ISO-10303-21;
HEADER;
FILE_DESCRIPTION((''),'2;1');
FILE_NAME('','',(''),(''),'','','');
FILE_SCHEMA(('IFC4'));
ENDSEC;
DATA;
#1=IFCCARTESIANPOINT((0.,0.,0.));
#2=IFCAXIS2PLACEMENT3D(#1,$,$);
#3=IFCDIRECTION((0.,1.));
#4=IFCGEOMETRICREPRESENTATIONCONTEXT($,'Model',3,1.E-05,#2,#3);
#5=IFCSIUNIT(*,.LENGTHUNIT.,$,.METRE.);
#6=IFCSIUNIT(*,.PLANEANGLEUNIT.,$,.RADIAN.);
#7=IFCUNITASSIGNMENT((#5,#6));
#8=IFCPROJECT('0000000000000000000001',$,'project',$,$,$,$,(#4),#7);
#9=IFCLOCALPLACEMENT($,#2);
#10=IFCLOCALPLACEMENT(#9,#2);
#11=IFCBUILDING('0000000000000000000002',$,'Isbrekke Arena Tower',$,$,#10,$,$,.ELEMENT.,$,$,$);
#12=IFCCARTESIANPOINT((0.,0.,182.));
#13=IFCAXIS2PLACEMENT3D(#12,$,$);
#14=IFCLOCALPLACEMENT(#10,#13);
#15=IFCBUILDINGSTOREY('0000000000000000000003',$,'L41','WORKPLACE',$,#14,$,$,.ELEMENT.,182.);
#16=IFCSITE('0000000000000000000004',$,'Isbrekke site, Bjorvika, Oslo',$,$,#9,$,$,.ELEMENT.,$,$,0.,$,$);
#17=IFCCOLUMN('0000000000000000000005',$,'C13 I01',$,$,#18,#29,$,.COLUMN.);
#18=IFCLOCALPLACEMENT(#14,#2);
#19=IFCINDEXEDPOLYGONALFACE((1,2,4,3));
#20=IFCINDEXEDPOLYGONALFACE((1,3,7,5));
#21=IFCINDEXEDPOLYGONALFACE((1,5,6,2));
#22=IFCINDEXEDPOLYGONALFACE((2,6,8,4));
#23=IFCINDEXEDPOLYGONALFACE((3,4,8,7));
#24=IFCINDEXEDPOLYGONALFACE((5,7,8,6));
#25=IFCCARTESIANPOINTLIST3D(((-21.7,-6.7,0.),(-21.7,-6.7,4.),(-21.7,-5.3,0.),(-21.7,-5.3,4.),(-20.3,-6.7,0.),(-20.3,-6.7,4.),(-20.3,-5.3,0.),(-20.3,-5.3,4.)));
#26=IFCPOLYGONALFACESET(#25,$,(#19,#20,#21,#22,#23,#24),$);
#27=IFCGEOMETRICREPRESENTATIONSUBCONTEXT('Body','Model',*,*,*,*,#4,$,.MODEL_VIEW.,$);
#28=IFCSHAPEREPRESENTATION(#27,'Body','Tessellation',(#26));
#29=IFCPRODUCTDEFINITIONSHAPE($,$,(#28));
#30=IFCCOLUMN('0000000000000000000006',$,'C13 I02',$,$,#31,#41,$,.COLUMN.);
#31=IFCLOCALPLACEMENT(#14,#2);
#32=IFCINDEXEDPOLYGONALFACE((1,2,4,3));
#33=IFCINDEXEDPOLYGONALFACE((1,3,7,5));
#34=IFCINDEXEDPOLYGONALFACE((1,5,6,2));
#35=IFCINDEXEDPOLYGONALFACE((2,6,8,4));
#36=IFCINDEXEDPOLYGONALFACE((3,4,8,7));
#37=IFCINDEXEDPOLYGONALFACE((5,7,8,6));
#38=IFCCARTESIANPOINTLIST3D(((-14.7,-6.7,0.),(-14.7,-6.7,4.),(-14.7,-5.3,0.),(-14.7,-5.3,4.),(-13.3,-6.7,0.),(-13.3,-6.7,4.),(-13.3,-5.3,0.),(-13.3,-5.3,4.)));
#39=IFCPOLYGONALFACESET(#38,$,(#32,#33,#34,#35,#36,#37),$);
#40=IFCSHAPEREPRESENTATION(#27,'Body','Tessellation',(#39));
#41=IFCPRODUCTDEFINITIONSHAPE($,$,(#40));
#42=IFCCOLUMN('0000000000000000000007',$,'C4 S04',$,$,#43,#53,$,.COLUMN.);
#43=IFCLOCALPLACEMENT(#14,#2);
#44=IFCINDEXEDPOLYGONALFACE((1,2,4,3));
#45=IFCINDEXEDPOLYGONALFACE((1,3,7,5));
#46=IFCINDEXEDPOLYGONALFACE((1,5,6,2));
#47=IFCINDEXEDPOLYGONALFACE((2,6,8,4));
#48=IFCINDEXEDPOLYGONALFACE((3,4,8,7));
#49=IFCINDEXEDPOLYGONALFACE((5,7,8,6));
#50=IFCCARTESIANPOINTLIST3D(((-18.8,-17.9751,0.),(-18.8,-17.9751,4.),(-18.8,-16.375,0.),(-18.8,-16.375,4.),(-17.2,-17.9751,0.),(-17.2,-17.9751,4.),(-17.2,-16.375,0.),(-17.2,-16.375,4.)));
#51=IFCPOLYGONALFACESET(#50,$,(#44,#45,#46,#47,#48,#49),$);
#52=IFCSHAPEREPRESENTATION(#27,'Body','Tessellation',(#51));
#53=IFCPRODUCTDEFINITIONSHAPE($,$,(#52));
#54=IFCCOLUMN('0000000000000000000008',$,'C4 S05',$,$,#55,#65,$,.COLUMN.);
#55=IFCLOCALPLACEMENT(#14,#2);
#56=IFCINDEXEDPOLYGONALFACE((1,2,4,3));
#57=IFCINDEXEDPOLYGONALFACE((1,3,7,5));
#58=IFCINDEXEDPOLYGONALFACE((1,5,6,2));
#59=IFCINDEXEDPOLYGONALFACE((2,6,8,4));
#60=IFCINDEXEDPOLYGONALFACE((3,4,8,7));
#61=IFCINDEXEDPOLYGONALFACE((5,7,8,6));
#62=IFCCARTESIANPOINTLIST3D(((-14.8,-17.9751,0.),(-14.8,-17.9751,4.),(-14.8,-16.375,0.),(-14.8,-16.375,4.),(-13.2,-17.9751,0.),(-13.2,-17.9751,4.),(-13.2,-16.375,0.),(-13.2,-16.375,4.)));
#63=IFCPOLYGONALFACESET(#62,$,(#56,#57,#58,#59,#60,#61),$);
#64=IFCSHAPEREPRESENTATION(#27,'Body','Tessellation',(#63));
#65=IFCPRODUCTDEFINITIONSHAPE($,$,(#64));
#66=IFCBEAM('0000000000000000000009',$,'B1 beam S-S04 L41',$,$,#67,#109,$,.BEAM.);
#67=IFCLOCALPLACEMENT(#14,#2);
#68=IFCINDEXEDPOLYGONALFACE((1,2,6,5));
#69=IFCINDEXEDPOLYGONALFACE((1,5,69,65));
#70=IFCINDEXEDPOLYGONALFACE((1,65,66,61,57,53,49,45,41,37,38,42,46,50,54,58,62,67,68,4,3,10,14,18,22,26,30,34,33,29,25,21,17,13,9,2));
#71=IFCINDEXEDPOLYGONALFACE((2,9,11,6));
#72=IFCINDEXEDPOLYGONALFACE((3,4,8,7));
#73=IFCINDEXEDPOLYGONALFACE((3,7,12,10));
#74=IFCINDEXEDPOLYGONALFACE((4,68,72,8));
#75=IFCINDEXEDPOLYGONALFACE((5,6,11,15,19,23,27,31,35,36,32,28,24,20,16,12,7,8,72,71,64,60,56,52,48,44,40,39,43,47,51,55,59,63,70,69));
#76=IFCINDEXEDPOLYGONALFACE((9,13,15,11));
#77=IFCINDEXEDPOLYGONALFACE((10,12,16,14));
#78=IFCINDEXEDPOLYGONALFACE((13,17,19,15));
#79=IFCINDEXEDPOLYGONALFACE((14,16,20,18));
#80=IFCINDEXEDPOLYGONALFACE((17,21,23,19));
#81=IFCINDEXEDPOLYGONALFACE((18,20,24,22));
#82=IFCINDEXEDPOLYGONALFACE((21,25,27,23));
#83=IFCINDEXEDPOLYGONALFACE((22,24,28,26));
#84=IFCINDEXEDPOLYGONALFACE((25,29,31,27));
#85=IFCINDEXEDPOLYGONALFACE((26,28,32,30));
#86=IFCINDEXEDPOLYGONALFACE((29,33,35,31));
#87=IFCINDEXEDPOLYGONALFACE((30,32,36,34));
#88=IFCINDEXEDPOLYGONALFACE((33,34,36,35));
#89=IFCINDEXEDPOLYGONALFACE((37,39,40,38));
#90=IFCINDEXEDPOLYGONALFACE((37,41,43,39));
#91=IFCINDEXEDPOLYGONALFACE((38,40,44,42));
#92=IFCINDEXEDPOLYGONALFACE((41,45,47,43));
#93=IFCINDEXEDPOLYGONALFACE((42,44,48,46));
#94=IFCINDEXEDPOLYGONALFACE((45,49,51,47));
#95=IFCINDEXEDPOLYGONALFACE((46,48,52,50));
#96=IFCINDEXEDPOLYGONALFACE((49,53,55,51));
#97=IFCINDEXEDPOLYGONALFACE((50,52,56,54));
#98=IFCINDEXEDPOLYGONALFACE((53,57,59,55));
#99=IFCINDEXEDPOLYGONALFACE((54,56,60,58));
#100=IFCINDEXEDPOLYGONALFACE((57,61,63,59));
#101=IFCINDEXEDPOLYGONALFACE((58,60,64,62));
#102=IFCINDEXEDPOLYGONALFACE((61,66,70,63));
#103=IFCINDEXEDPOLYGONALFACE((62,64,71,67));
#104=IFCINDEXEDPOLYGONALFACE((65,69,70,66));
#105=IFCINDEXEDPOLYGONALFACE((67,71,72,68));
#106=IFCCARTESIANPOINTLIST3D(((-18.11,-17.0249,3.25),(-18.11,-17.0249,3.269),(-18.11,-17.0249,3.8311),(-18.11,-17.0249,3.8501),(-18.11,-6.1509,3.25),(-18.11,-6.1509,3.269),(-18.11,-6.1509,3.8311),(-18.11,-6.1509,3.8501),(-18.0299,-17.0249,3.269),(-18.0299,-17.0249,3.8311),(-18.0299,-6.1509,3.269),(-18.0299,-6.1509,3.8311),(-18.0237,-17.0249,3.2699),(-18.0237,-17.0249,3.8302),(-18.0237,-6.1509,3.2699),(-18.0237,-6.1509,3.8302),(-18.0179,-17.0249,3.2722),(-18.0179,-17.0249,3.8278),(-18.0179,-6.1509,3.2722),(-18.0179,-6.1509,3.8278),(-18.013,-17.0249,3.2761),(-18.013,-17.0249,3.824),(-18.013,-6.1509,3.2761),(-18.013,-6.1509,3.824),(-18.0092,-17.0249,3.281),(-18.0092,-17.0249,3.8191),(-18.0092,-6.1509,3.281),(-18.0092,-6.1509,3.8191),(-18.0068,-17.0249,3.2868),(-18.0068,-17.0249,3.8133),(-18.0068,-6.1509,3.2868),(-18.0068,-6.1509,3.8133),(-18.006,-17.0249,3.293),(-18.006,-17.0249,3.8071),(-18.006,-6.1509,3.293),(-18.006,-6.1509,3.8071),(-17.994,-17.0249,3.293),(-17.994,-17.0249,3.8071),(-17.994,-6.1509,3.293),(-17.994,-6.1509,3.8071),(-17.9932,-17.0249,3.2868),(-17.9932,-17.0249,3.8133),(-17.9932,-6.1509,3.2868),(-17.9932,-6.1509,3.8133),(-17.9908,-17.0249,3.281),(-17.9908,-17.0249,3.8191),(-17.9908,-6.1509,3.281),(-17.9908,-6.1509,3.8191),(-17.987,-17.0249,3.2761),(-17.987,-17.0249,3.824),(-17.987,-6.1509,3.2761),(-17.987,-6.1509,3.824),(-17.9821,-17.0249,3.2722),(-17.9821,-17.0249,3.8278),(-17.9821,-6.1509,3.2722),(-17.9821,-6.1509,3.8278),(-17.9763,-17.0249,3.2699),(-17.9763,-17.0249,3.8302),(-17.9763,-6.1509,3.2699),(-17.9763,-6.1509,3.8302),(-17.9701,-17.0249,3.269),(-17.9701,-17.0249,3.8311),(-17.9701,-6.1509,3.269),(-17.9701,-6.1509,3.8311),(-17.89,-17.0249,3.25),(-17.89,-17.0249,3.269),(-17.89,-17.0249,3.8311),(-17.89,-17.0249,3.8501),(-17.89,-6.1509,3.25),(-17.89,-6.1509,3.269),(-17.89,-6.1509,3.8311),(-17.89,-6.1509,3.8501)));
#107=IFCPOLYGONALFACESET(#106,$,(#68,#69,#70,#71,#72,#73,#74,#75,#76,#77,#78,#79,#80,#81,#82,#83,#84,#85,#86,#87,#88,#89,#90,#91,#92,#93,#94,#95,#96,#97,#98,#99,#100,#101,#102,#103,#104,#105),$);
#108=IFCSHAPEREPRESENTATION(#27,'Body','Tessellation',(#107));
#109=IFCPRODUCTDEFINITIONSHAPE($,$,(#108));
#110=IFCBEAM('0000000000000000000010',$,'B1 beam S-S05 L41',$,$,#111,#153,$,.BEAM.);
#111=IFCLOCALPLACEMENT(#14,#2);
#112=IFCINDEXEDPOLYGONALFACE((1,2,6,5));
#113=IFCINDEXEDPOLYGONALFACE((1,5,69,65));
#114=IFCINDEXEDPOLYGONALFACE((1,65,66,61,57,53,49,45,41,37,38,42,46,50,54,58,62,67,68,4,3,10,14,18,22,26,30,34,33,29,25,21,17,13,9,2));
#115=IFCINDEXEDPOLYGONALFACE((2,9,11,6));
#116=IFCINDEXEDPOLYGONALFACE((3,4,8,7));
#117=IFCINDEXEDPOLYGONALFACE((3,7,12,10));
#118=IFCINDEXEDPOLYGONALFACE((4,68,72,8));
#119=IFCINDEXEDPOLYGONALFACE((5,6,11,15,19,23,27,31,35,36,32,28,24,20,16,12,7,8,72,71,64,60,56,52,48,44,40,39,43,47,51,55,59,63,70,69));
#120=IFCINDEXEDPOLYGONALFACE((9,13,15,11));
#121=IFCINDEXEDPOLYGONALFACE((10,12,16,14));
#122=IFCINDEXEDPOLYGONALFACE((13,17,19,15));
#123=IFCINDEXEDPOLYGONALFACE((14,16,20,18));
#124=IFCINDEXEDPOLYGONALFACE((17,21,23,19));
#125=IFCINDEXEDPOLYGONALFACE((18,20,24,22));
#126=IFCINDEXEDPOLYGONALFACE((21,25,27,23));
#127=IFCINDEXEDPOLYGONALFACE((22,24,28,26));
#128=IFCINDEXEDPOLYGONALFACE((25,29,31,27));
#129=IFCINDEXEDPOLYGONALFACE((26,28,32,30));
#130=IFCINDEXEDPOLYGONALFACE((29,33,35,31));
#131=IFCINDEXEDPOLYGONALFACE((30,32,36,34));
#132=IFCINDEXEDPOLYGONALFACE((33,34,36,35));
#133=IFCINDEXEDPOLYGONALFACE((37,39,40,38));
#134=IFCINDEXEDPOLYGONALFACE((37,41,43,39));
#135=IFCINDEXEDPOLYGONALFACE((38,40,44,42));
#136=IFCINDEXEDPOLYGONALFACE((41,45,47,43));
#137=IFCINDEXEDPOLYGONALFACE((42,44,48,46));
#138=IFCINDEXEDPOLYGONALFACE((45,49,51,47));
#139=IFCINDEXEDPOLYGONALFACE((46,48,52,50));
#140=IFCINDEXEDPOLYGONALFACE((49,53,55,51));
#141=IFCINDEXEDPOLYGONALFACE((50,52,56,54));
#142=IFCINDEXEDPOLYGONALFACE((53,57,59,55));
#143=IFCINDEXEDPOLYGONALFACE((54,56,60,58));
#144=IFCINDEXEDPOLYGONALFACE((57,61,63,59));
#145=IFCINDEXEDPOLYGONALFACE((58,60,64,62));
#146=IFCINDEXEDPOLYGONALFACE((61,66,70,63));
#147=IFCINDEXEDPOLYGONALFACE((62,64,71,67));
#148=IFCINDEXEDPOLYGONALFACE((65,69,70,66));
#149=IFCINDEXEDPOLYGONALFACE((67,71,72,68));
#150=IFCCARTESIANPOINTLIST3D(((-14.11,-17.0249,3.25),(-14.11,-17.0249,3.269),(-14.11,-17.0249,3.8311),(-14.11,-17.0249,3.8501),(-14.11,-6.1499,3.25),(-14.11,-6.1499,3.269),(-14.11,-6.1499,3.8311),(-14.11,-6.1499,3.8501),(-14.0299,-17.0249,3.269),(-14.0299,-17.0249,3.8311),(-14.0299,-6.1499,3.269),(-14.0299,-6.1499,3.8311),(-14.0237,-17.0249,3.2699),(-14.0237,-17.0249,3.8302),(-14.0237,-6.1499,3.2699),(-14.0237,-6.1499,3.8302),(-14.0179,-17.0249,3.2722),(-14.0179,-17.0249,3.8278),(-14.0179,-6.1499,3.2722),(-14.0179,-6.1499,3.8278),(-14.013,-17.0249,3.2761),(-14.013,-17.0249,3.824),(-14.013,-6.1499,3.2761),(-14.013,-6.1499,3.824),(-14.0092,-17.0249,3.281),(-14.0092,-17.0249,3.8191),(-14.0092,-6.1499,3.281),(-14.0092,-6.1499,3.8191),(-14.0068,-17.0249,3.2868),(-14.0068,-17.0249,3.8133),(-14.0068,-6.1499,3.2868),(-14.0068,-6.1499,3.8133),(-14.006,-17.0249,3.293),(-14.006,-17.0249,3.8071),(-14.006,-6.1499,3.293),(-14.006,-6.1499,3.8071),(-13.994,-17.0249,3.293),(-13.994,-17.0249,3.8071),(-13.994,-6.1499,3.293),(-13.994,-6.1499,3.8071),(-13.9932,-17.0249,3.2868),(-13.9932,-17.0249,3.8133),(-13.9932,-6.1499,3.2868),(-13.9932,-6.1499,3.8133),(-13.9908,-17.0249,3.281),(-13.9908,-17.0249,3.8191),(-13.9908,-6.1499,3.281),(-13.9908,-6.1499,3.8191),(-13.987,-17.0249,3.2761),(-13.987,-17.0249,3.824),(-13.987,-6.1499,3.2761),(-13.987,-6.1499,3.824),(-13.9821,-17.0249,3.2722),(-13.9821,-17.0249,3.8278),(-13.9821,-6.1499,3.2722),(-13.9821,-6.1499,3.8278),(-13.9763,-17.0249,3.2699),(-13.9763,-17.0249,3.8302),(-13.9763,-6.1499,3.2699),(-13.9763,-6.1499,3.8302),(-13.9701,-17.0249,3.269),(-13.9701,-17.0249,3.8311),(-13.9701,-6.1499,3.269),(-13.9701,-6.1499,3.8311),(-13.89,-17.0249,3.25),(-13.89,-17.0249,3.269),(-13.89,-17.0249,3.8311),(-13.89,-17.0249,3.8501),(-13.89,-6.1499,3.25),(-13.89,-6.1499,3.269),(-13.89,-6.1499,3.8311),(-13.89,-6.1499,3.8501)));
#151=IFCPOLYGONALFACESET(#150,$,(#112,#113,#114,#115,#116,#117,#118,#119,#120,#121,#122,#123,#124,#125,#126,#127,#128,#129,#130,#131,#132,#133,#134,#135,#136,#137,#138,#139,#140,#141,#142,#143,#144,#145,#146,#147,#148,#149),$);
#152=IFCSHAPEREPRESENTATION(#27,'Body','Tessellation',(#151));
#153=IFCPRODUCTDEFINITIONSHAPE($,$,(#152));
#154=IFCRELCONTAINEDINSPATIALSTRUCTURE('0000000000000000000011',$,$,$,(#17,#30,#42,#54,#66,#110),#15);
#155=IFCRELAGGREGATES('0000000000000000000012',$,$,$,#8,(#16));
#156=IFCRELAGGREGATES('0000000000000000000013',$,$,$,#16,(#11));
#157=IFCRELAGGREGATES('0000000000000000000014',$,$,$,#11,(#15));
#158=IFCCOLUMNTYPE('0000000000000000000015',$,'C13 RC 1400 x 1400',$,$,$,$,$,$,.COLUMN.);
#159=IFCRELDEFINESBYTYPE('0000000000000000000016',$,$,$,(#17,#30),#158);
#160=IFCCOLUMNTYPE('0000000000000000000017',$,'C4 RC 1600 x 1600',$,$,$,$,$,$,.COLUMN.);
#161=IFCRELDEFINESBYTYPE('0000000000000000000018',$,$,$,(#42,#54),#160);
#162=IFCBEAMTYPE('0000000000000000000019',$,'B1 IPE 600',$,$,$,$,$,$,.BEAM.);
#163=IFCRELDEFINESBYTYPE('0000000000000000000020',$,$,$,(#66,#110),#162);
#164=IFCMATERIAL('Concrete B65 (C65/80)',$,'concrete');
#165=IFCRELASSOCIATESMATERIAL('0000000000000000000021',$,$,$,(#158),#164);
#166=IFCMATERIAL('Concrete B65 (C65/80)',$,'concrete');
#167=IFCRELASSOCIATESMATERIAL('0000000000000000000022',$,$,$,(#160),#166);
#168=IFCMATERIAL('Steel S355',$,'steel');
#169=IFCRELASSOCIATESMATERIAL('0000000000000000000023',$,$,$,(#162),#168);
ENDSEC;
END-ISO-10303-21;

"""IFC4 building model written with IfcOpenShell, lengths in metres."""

from ifc_helpers import new_model, si_unit, direction, frame, origin, origin_2d, place, context, subcontext, project, spatial, rectangle, i_section, extrude, material, material_profile, profile_set, type_object, element, save


model = new_model("IFC4")

# Units and contexts
model_context = context("Model", 3, precision=1e-05, world=origin(), true_north=direction((0.0, 1.0)))
body_context = subcontext(model_context, "Body", "Model", "MODEL_VIEW")
ifc_project = project(units=[si_unit("LENGTHUNIT", "METRE"), si_unit("PLANEANGLEUNIT", "RADIAN")], contexts=[model_context])

# Site, building, storey
site_placement = place(None, origin())
site = spatial("IfcSite", under=ifc_project, at=site_placement, Name="Isbrekke site, Bjorvika, Oslo", CompositionType="ELEMENT", RefElevation=0.0)
building_placement = place(site_placement, origin())
building = spatial("IfcBuilding", under=site, at=building_placement, Name="Isbrekke Arena Tower", CompositionType="ELEMENT")
storey_placement = place(building_placement, frame((0.0, 0.0, 182.0)))
storey = spatial("IfcBuildingStorey", under=building, at=storey_placement, Name="L41", Description="WORKPLACE", CompositionType="ELEMENT", Elevation=182.0)

# Columns
ifc_material_1 = material(Name="Concrete B65 (C65/80)", Category="concrete")
ifc_material_profile_1 = material_profile(ifc_material_1, rectangle(XDim=1.3999, YDim=1.3999, at=origin_2d()), Name="RC 1400x1400")
ifc_profile_set_1 = profile_set([ifc_material_profile_1], Name="Concrete B65 (C65/80)")
column_type_1 = type_object("IfcColumnType", Name="C13 RC 1400 x 1400", PredefinedType="COLUMN", material=ifc_profile_set_1)
for number, where, z_axis, x_axis, name in (
    (1, (-21.0, -6.0, 0.0), (0.0, 0.0, 1.0), (1.0, 0.0, 0.0), "C13 I01"),
    (2, (-14.0, -6.0, 0.0), (0.0, 0.0, 1.0), (1.0, 0.0, 0.0), "C13 I02"),
):
    element("IfcColumn", number, at=place(storey_placement, frame(where, z_axis=z_axis, x_axis=x_axis)), inside=storey, type_object=column_type_1, Name=name, PredefinedType="COLUMN", context=body_context, shape_type="SweptSolid", body=[
        extrude(rectangle(XDim=1.3999, YDim=1.3999, at=origin_2d()), origin(), (0.0, 0.0, 1.0), 4.0),
    ])
ifc_material_2 = material(Name="Concrete B65 (C65/80)", Category="concrete")
ifc_material_profile_2 = material_profile(ifc_material_2, rectangle(XDim=1.6001, YDim=1.6001, at=origin_2d()), Name="RC 1600x1600")
ifc_profile_set_2 = profile_set([ifc_material_profile_2], Name="Concrete B65 (C65/80)")
column_type_2 = type_object("IfcColumnType", Name="C4 RC 1600 x 1600", PredefinedType="COLUMN", material=ifc_profile_set_2)
for number, where, z_axis, x_axis, name in (
    (3, (-18.0, -17.175, 0.0), (0.0, 0.0, 1.0), (1.0, 0.0, 0.0), "C4 S04"),
    (4, (-14.0, -17.175, 0.0), (0.0, 0.0, 1.0), (1.0, 0.0, 0.0), "C4 S05"),
):
    element("IfcColumn", number, at=place(storey_placement, frame(where, z_axis=z_axis, x_axis=x_axis)), inside=storey, type_object=column_type_2, Name=name, PredefinedType="COLUMN", context=body_context, shape_type="SweptSolid", body=[
        extrude(rectangle(XDim=1.6001, YDim=1.6001, at=origin_2d()), origin(), (0.0, 0.0, 1.0), 4.0),
    ])

# Beams
ifc_material_3 = material(Name="Steel S355", Category="steel")
ifc_material_profile_3 = material_profile(ifc_material_3, i_section(OverallWidth=0.22, OverallDepth=0.6001, WebThickness=0.012, FlangeThickness=0.019, FilletRadius=0.0239, at=origin_2d()), Name="IPE 600")
ifc_profile_set_3 = profile_set([ifc_material_profile_3], Name="Steel S355")
beam_type_1 = type_object("IfcBeamType", Name="B1 IPE 600", PredefinedType="BEAM", material=ifc_profile_set_3)
beam_1_placement = place(storey_placement, frame((-18.0, -17.0249, 3.55), z_axis=(0.0, 1.0, 0.0), x_axis=(-1.0, 0.0, 0.0)))
element("IfcBeam", 5, at=beam_1_placement, inside=storey, type_object=beam_type_1, Name="B1 beam S-S04 L41", PredefinedType="BEAM", context=body_context, shape_type="SweptSolid", body=[
    extrude(i_section(OverallWidth=0.22, OverallDepth=0.6001, WebThickness=0.012, FlangeThickness=0.019, FilletRadius=0.0239, at=origin_2d()), origin(), (0.0, 0.0, 1.0), 10.874),
])
beam_2_placement = place(storey_placement, frame((-14.0, -17.0249, 3.55), z_axis=(0.0, 1.0, 0.0), x_axis=(-1.0, 0.0, 0.0)))
element("IfcBeam", 6, at=beam_2_placement, inside=storey, type_object=beam_type_1, Name="B1 beam S-S05 L41", PredefinedType="BEAM", context=body_context, shape_type="SweptSolid", body=[
    extrude(i_section(OverallWidth=0.22, OverallDepth=0.6001, WebThickness=0.012, FlangeThickness=0.019, FilletRadius=0.0239, at=origin_2d()), origin(), (0.0, 0.0, 1.0), 10.875),
])

save(model, "model.ifc")
